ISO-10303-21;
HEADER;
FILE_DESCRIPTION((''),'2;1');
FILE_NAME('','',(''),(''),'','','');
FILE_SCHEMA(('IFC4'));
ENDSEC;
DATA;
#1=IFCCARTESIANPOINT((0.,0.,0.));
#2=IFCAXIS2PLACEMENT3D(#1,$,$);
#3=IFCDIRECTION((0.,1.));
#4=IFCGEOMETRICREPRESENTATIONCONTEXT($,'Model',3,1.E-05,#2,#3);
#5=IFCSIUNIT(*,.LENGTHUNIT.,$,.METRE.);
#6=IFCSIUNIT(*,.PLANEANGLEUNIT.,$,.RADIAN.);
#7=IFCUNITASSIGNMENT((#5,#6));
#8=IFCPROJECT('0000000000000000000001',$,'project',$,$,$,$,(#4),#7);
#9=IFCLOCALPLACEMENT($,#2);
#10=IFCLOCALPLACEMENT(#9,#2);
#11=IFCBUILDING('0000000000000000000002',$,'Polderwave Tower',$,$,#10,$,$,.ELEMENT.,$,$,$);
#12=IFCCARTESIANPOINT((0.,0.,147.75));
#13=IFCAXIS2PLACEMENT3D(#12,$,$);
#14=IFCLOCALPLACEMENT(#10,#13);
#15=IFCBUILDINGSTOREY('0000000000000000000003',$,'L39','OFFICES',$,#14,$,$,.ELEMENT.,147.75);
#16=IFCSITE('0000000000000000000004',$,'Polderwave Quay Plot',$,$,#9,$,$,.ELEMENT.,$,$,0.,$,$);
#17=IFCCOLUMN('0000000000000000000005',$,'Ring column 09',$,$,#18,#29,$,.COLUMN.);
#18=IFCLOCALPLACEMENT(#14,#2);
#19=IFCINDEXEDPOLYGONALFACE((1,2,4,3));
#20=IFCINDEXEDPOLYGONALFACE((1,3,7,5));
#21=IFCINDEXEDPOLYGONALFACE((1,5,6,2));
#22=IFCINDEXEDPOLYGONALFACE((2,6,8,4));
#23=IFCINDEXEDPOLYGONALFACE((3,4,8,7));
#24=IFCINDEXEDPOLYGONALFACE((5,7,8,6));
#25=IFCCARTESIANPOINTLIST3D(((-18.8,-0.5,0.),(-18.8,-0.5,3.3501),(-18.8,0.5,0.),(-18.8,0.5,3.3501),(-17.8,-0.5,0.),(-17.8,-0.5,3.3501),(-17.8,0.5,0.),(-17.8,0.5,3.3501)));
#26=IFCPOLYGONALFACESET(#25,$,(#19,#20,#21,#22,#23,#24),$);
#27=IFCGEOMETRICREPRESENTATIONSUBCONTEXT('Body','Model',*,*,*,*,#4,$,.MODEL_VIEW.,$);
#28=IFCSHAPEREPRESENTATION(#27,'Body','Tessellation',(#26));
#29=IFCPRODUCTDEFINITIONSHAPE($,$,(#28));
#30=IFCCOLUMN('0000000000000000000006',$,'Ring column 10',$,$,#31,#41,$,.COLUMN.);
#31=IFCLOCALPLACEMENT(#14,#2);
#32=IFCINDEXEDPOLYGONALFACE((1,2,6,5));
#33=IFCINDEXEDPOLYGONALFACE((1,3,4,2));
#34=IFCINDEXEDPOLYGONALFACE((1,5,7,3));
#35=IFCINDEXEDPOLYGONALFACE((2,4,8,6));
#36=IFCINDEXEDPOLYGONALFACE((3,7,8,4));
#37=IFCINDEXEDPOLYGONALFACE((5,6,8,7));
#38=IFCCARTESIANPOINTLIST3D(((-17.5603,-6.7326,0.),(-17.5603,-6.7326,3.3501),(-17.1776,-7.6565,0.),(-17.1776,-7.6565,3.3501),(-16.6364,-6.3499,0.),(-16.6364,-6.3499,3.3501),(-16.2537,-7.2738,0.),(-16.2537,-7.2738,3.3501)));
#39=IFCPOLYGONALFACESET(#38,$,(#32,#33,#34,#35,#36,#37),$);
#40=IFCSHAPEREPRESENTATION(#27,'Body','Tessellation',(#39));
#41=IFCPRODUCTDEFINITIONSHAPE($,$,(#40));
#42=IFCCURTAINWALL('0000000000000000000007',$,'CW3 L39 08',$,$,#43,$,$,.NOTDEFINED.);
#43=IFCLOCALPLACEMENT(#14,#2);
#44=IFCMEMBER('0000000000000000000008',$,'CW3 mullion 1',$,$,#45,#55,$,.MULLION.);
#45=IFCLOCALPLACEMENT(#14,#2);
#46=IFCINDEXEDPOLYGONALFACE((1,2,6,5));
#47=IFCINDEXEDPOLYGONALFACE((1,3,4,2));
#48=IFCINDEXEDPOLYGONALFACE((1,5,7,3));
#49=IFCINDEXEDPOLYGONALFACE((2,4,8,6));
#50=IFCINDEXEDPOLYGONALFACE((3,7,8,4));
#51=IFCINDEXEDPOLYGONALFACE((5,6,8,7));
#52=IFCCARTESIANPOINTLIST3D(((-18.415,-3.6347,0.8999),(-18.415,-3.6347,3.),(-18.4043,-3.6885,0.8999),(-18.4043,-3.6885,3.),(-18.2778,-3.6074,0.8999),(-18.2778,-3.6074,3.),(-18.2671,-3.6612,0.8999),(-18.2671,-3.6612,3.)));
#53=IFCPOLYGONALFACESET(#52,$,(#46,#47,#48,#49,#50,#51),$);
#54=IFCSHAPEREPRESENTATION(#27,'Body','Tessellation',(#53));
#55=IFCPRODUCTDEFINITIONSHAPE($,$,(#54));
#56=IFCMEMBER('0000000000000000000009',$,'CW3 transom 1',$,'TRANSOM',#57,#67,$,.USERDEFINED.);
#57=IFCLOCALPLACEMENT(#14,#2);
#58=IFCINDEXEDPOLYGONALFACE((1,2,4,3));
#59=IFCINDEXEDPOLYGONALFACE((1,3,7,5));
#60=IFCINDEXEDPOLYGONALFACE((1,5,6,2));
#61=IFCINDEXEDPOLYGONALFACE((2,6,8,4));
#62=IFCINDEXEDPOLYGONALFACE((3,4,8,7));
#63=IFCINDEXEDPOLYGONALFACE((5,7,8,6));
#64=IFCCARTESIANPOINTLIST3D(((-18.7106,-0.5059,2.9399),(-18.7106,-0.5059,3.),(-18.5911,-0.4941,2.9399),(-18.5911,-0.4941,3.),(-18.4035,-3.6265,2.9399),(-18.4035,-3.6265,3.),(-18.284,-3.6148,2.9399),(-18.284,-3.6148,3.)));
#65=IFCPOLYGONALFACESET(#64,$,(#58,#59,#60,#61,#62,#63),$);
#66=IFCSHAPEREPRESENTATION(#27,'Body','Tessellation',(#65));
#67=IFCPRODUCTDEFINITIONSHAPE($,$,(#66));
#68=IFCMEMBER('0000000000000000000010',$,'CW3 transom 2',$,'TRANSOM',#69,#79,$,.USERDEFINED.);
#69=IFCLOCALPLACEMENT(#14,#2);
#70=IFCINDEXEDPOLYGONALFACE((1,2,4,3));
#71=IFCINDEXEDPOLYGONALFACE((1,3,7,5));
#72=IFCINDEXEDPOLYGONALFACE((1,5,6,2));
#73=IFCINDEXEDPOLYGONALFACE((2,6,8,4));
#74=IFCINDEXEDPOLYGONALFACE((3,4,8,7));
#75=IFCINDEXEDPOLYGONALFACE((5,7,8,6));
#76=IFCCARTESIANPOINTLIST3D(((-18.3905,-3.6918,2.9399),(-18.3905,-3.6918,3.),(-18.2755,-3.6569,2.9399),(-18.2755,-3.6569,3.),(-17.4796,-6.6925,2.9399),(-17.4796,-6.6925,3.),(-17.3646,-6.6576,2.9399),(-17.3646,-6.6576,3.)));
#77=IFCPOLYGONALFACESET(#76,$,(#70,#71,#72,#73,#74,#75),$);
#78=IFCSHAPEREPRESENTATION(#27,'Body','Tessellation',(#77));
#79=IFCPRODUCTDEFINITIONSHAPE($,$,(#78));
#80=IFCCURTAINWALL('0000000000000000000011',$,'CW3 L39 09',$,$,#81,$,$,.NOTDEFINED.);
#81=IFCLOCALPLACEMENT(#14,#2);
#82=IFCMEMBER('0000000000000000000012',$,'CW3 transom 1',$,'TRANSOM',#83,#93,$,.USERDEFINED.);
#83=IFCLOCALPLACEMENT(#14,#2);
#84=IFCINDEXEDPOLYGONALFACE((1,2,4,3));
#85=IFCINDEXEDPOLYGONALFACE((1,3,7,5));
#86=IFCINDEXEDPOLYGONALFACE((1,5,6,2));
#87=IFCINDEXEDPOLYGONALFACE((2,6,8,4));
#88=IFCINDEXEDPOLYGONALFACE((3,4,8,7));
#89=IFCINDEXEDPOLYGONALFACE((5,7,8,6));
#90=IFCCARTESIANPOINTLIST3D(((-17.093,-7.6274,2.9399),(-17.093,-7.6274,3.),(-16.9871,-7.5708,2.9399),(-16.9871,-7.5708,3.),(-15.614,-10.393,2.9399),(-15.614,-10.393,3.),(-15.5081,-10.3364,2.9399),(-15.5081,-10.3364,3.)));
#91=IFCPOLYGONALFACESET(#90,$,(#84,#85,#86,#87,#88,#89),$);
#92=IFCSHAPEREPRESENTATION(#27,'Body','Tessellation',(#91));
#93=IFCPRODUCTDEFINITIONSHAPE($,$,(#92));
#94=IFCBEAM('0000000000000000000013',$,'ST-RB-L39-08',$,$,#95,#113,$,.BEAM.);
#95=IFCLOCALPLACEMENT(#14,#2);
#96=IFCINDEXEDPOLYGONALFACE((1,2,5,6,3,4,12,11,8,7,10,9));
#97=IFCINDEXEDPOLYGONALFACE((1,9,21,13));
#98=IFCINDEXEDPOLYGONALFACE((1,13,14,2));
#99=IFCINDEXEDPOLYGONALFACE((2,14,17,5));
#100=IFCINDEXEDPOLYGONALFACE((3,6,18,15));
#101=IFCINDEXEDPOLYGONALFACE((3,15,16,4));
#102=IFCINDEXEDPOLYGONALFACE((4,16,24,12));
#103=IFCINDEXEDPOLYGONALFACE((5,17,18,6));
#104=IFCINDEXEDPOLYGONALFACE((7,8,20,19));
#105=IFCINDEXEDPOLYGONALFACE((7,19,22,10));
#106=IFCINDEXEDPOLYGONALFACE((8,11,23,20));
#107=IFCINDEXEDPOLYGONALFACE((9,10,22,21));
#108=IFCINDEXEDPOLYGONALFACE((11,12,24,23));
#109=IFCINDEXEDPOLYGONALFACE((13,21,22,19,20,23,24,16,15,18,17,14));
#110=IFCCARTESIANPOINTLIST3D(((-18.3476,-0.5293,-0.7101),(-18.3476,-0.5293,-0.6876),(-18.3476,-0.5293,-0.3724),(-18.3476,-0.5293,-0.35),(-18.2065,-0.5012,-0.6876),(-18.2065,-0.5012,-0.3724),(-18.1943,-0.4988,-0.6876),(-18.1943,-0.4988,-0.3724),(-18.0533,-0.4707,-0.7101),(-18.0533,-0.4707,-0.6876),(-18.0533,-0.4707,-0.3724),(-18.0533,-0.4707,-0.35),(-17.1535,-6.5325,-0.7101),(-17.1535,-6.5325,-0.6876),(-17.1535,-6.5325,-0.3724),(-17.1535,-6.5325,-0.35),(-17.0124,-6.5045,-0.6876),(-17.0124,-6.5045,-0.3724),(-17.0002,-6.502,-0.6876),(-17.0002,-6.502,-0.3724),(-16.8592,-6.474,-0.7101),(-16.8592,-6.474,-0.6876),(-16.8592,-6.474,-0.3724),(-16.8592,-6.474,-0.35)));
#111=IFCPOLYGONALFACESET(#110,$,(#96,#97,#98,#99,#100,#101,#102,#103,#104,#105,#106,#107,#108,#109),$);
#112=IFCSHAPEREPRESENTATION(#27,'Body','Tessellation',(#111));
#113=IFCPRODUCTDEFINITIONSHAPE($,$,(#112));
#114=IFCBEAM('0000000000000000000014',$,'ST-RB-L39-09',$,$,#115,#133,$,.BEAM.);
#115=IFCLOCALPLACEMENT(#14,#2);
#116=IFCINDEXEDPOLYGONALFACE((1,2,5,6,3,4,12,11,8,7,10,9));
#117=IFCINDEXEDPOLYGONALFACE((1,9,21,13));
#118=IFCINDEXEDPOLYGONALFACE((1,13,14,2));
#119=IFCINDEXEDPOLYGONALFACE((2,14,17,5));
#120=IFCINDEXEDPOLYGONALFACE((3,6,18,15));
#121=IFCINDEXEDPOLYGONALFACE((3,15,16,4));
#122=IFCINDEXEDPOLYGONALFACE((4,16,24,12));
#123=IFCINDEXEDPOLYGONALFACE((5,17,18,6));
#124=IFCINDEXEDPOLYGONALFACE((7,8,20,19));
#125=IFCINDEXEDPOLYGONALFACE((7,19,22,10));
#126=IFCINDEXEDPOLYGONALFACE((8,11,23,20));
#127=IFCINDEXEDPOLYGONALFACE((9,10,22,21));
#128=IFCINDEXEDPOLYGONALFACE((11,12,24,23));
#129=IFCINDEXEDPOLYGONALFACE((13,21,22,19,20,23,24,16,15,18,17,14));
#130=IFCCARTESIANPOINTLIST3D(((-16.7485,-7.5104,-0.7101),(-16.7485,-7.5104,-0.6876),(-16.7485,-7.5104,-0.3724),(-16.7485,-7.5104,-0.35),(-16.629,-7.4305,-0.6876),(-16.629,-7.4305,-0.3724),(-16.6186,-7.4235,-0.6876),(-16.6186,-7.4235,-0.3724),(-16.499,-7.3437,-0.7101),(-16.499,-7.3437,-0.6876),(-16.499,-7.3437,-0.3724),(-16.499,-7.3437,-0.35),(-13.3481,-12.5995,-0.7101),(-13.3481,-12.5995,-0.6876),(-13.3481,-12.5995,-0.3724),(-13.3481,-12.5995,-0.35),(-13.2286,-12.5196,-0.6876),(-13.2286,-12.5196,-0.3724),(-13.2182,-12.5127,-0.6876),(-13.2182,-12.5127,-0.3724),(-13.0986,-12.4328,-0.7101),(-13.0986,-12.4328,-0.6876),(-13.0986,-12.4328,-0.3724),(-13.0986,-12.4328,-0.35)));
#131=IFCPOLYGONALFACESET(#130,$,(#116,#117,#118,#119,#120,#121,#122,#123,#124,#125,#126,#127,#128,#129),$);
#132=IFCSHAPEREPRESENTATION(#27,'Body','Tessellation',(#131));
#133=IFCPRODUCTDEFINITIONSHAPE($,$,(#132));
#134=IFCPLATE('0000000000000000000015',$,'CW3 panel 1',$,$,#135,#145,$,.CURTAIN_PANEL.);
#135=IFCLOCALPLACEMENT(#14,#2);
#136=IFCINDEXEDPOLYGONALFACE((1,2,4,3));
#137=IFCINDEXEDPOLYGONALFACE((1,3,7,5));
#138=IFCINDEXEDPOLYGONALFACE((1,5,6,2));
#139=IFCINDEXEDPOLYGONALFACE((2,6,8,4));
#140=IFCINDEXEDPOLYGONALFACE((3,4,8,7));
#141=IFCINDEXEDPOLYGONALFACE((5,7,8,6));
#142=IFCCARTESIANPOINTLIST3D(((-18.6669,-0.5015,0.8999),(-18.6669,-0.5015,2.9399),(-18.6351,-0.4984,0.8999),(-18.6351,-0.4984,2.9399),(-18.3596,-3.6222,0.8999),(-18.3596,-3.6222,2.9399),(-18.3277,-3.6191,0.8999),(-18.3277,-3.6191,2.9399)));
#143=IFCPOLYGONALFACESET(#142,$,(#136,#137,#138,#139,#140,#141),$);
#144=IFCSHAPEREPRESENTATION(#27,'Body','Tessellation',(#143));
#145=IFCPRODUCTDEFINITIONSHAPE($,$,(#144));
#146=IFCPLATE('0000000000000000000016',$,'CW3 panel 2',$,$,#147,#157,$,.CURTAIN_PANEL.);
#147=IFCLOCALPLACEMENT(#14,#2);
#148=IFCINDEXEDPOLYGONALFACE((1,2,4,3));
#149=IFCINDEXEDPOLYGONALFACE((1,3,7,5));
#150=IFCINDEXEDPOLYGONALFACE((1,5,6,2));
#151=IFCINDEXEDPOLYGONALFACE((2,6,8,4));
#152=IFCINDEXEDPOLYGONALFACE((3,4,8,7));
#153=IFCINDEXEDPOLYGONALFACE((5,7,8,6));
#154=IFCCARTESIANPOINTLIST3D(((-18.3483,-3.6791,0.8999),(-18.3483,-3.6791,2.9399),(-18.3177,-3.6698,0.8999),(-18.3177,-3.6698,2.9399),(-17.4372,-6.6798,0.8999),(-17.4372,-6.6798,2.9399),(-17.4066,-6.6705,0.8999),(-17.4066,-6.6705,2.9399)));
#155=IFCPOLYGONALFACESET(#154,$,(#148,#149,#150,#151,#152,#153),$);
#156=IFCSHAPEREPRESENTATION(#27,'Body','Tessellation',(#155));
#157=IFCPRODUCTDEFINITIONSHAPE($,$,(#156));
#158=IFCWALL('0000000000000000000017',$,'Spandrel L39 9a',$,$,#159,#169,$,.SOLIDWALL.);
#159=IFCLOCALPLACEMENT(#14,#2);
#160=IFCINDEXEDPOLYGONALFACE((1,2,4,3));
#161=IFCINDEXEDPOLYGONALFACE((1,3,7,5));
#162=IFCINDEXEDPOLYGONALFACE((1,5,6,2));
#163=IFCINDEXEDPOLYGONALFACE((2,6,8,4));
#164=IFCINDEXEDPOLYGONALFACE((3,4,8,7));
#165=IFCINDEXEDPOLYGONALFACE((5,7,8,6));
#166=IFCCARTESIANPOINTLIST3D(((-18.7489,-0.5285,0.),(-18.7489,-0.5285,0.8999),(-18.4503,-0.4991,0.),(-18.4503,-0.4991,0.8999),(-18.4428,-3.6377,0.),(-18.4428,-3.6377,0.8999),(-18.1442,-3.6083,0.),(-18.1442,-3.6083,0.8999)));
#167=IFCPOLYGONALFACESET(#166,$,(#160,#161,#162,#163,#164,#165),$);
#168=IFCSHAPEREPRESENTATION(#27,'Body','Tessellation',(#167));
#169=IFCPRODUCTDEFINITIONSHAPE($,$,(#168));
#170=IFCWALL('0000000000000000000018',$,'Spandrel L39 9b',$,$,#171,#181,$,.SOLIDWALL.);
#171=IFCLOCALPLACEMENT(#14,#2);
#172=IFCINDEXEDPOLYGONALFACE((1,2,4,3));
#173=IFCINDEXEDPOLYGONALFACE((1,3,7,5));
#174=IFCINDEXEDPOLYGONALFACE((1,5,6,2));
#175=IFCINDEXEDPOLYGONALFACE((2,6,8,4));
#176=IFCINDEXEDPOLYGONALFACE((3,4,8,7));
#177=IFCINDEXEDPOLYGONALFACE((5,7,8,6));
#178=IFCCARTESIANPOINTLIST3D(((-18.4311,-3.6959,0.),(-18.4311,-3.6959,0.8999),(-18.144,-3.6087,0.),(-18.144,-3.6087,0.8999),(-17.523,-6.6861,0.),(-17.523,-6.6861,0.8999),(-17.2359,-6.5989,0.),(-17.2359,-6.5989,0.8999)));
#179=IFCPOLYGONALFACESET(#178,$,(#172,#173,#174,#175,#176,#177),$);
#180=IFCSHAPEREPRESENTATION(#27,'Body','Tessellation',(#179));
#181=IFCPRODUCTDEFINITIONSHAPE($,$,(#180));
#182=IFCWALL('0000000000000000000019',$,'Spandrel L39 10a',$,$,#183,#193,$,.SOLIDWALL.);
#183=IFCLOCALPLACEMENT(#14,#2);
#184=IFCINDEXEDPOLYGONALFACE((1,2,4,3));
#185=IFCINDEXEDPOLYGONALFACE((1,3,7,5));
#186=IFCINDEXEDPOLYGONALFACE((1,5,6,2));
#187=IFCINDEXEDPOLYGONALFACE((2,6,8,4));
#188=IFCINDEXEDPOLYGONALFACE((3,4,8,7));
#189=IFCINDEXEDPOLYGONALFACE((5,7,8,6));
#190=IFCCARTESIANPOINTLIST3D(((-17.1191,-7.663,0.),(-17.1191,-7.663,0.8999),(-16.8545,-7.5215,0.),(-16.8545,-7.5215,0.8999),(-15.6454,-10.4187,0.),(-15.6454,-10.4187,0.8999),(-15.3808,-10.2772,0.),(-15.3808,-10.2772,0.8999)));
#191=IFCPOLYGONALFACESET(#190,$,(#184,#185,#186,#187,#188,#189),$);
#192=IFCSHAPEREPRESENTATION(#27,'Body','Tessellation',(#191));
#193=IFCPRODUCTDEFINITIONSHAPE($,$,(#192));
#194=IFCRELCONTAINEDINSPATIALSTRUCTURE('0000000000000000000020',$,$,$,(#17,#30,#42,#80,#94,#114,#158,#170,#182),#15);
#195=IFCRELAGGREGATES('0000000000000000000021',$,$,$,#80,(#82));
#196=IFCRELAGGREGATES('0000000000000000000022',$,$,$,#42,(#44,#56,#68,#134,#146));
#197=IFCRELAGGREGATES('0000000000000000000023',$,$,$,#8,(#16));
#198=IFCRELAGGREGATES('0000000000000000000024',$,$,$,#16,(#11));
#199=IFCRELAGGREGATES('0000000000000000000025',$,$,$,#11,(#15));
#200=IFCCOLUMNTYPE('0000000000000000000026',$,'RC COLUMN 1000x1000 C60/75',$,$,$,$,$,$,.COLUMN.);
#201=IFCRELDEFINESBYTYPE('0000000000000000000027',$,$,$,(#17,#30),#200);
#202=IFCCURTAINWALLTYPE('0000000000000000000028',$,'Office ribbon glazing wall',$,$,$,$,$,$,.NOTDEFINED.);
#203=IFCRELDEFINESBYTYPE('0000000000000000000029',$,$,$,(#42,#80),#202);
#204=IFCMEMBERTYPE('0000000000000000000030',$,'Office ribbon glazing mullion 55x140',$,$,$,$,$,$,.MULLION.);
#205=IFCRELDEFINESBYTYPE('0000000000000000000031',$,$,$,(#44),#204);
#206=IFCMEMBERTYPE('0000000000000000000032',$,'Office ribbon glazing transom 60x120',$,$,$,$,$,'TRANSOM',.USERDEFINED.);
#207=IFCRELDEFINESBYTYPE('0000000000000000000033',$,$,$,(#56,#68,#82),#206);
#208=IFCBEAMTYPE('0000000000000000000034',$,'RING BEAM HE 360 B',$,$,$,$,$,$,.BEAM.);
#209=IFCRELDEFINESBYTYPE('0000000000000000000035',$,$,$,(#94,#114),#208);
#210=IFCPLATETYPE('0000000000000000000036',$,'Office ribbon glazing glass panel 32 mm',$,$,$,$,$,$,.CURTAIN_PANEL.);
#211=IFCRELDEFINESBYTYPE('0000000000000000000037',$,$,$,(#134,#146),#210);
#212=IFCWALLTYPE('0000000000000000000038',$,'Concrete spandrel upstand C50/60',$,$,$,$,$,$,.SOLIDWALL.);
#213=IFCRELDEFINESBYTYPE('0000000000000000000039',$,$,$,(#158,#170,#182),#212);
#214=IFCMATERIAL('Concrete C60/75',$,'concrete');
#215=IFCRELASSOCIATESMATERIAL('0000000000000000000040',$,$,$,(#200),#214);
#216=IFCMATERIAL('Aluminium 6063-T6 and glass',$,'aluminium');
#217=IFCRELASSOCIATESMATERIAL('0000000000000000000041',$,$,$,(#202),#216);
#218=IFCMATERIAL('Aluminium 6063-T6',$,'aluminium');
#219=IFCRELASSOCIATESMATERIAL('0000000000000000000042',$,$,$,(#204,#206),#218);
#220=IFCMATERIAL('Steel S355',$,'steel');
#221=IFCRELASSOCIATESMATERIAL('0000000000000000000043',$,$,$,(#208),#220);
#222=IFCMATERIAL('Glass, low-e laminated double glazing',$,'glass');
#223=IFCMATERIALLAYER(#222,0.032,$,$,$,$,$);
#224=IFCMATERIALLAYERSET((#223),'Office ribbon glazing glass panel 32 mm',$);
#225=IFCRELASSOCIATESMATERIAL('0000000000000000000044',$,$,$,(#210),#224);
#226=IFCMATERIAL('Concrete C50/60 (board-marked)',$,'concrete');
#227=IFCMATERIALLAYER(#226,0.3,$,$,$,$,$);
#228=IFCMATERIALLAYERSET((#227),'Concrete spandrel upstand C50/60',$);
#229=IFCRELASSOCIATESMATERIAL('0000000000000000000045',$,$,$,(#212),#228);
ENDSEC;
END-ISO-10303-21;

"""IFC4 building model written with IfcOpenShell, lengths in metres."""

from ifc_helpers import new_model, si_unit, direction, frame, frame_2d, origin, origin_2d, place, context, subcontext, project, spatial, rectangle, i_section, extrude, material, layer, layer_set, material_profile, profile_set, type_object, element, aggregate, save


model = new_model("IFC4")

# Units and contexts
model_context = context("Model", 3, precision=1e-05, world=origin(), true_north=direction((0.0, 1.0)))
body_context = subcontext(model_context, "Body", "Model", "MODEL_VIEW")
ifc_project = project(units=[si_unit("LENGTHUNIT", "METRE"), si_unit("PLANEANGLEUNIT", "RADIAN")], contexts=[model_context])

# Site, building, storey
site_placement = place(None, origin())
site = spatial("IfcSite", under=ifc_project, at=site_placement, Name="Polderwave Quay Plot", CompositionType="ELEMENT", RefElevation=0.0)
building_placement = place(site_placement, origin())
building = spatial("IfcBuilding", under=site, at=building_placement, Name="Polderwave Tower", CompositionType="ELEMENT")
storey_placement = place(building_placement, frame((0.0, 0.0, 147.75)))
storey = spatial("IfcBuildingStorey", under=building, at=storey_placement, Name="L39", Description="OFFICES", CompositionType="ELEMENT", Elevation=147.75)

# Columns
ifc_material_1 = material(Name="Concrete C60/75", Category="concrete")
ifc_material_profile_1 = material_profile(ifc_material_1, rectangle(XDim=1.0, YDim=1.0, at=origin_2d()), Name="RC 1000x1000")
ifc_profile_set_1 = profile_set([ifc_material_profile_1], Name="Concrete C60/75")
column_type = type_object("IfcColumnType", Name="RC COLUMN 1000x1000 C60/75", PredefinedType="COLUMN", material=ifc_profile_set_1)
for number, where, z_axis, x_axis, name in (
    (1, (-18.3, 0.0, 0.0), (0.0, 0.0, 1.0), (-1.0, 0.0, 0.0), "Ring column 09"),
    (2, (-16.907, -7.0032, 0.0), (0.0, 0.0, 1.0), (-0.92388, -0.382683, 0.0), "Ring column 10"),
):
    element("IfcColumn", number, at=place(storey_placement, frame(where, z_axis=z_axis, x_axis=x_axis)), inside=storey, type_object=column_type, Name=name, PredefinedType="COLUMN", context=body_context, shape_type="SweptSolid", body=[
        extrude(rectangle(XDim=1.0, YDim=1.0, at=origin_2d()), origin(), (0.0, 0.0, 1.0), 3.3501),
    ])

# Curtain wall, members
ifc_material_2 = material(Name="Aluminium 6063-T6 and glass", Category="aluminium")
curtain_wall_type = type_object("IfcCurtainWallType", Name="Office ribbon glazing wall", PredefinedType="NOTDEFINED", material=ifc_material_2)
curtain_wall_1_placement = place(storey_placement, origin())
curtain_wall_1 = element("IfcCurtainWall", 3, at=curtain_wall_1_placement, inside=storey, type_object=curtain_wall_type, Name="CW3 L39 08", PredefinedType="NOTDEFINED")
ifc_material_3 = material(Name="Aluminium 6063-T6", Category="aluminium")
ifc_material_profile_2 = material_profile(ifc_material_3, rectangle(XDim=0.1399, YDim=0.0549, at=origin_2d()), Name="AL 55x140")
ifc_profile_set_2 = profile_set([ifc_material_profile_2], Name="Aluminium 6063-T6")
member_type_1 = type_object("IfcMemberType", Name="Office ribbon glazing mullion 55x140", PredefinedType="MULLION", material=ifc_profile_set_2)
member_1_placement = place(storey_placement, frame((-18.3411, -3.6479, 0.8999), z_axis=(0.0, 0.0, 1.0), x_axis=(0.980764, 0.195196, 0.0)))
member_1 = element("IfcMember", 4, at=member_1_placement, type_object=member_type_1, Name="CW3 mullion 1", PredefinedType="MULLION", context=body_context, shape_type="SweptSolid", body=[
    extrude(rectangle(XDim=0.1399, YDim=0.0549, at=origin_2d()), origin(), (0.0, 0.0, 1.0), 2.1001),
])
ifc_material_profile_3 = material_profile(ifc_material_3, rectangle(XDim=0.1201, YDim=0.0601, at=origin_2d()), Name="AL 60x120")
ifc_profile_set_3 = profile_set([ifc_material_profile_3], Name="Aluminium 6063-T6")
member_type_2 = type_object("IfcMemberType", Name="Office ribbon glazing transom 60x120", ElementType="TRANSOM", PredefinedType="USERDEFINED", material=ifc_profile_set_3)
member_2_placement = place(storey_placement, frame((-18.6509, -0.5, 2.97), z_axis=(0.097946, -0.995192, 0.0), x_axis=(0.995192, 0.097946, 0.0)))
member_2 = element("IfcMember", 5, at=member_2_placement, type_object=member_type_2, Name="CW3 transom 1", ObjectType="TRANSOM", PredefinedType="USERDEFINED", context=body_context, shape_type="SweptSolid", body=[
    extrude(rectangle(XDim=0.1201, YDim=0.0601, at=origin_2d()), origin(), (0.0, 0.0, 1.0), 3.1357),
])
member_3_placement = place(storey_placement, frame((-18.333, -3.6743, 2.97), z_axis=(0.290468, -0.956885, 0.0), x_axis=(0.956885, 0.290468, 0.0)))
member_3 = element("IfcMember", 6, at=member_3_placement, type_object=member_type_2, Name="CW3 transom 2", ObjectType="TRANSOM", PredefinedType="USERDEFINED", context=body_context, shape_type="SweptSolid", body=[
    extrude(rectangle(XDim=0.1201, YDim=0.0601, at=origin_2d()), origin(), (0.0, 0.0, 1.0), 3.136),
])

# Curtain wall, member
curtain_wall_2_placement = place(storey_placement, origin())
curtain_wall_2 = element("IfcCurtainWall", 7, at=curtain_wall_2_placement, inside=storey, type_object=curtain_wall_type, Name="CW3 L39 09", PredefinedType="NOTDEFINED")
member_4_placement = place(storey_placement, frame((-17.04, -7.5991, 2.97), z_axis=(0.471582, -0.881822, 0.0), x_axis=(0.881822, 0.471582, 0.0)))
member_4 = element("IfcMember", 8, at=member_4_placement, type_object=member_type_2, Name="CW3 transom 1", ObjectType="TRANSOM", PredefinedType="USERDEFINED", context=body_context, shape_type="SweptSolid", body=[
    extrude(rectangle(XDim=0.1201, YDim=0.0601, at=origin_2d()), origin(), (0.0, 0.0, 1.0), 3.1362),
])
aggregate(curtain_wall_2, [member_4])

# Beams
ifc_material_4 = material(Name="Steel S355", Category="steel")
ifc_material_profile_4 = material_profile(ifc_material_4, i_section(OverallWidth=0.3, OverallDepth=0.3601, WebThickness=0.0125, FlangeThickness=0.0225, at=origin_2d()), Name="HE 360 B")
ifc_profile_set_4 = profile_set([ifc_material_profile_4], Name="Steel S355")
beam_type = type_object("IfcBeamType", Name="RING BEAM HE 360 B", PredefinedType="BEAM", material=ifc_profile_set_4)
beam_1_placement = place(storey_placement, frame((-18.2004, -0.5, -0.53), z_axis=(0.195088, -0.980786, 0.0), x_axis=(0.980786, 0.195088, 0.0)))
element("IfcBeam", 9, at=beam_1_placement, inside=storey, type_object=beam_type, Name="ST-RB-L39-08", PredefinedType="BEAM", context=body_context, shape_type="SweptSolid", body=[
    extrude(i_section(OverallWidth=0.3, OverallDepth=0.3601, WebThickness=0.0125, FlangeThickness=0.0225, at=origin_2d()), origin(), (0.0, 0.0, 1.0), 6.1208),
])
beam_2_placement = place(storey_placement, frame((-16.6238, -7.427, -0.53), z_axis=(0.555565, -0.831473, 0.0), x_axis=(0.831473, 0.555565, 0.0)))
element("IfcBeam", 10, at=beam_2_placement, inside=storey, type_object=beam_type, Name="ST-RB-L39-09", PredefinedType="BEAM", context=body_context, shape_type="SweptSolid", body=[
    extrude(i_section(OverallWidth=0.3, OverallDepth=0.3601, WebThickness=0.0125, FlangeThickness=0.0225, at=origin_2d()), origin(), (0.0, 0.0, 1.0), 6.1206),
])

# Plates
ifc_material_5 = material(Name="Glass, low-e laminated double glazing", Category="glass")
ifc_layer_1 = layer(ifc_material_5, 0.032)
ifc_layer_set_1 = layer_set([ifc_layer_1], Name="Office ribbon glazing glass panel 32 mm")
plate_type = type_object("IfcPlateType", Name="Office ribbon glazing glass panel 32 mm", PredefinedType="CURTAIN_PANEL", material=ifc_layer_set_1)
plate_1_placement = place(storey_placement, frame((-18.4973, -2.0603, 0.8999), z_axis=(0.0, 0.0, 1.0), x_axis=(0.098002, -0.995186, 0.0)))
plate_1 = element("IfcPlate", 11, at=plate_1_placement, type_object=plate_type, Name="CW3 panel 1", PredefinedType="CURTAIN_PANEL", context=body_context, shape_type="SweptSolid", body=[
    extrude(rectangle(XDim=3.1357, YDim=0.032, at=origin_2d()), origin(), (0.0, 0.0, 1.0), 2.04),
])
plate_2_placement = place(storey_placement, frame((-17.8774, -5.1748, 0.8999), z_axis=(0.0, 0.0, 1.0), x_axis=(0.290507, -0.956873, 0.0)))
plate_2 = element("IfcPlate", 12, at=plate_2_placement, type_object=plate_type, Name="CW3 panel 2", PredefinedType="CURTAIN_PANEL", context=body_context, shape_type="SweptSolid", body=[
    extrude(rectangle(XDim=3.136, YDim=0.032, at=origin_2d()), origin(), (0.0, 0.0, 1.0), 2.04),
])
aggregate(curtain_wall_1, [member_1, member_2, member_3, plate_1, plate_2])

# Walls
ifc_material_6 = material(Name="Concrete C50/60 (board-marked)", Category="concrete")
ifc_layer_2 = layer(ifc_material_6, 0.3)
ifc_layer_set_2 = layer_set([ifc_layer_2], Name="Concrete spandrel upstand C50/60")
wall_type_1 = type_object("IfcWallType", Name="Concrete spandrel upstand C50/60", PredefinedType="SOLIDWALL", material=ifc_layer_set_2)
wall_1_placement = place(storey_placement, frame((-18.5996, -0.5139, 0.0), z_axis=(0.0, 0.0, 1.0), x_axis=(0.097995, -0.995187, 0.0)))
element("IfcWall", 13, at=wall_1_placement, inside=storey, type_object=wall_type_1, Name="Spandrel L39 9a", PredefinedType="SOLIDWALL", context=body_context, shape_type="SweptSolid", body=[
    extrude(rectangle(XDim=3.1243, YDim=0.3, at=frame_2d((1.562, 0.0))), origin(), (0.0, 0.0, 1.0), 0.8999),
])
for number, where, z_axis, x_axis, name in (
    (14, (-18.2876, -3.6523, 0.0), (0.0, 0.0, 1.0), (0.290614, -0.95684, 0.0), "Spandrel L39 9b"),
    (15, (-16.9868, -7.5923, 0.0), (0.0, 0.0, 1.0), (0.471577, -0.881825, 0.0), "Spandrel L39 10a"),
):
    element("IfcWall", number, at=place(storey_placement, frame(where, z_axis=z_axis, x_axis=x_axis)), inside=storey, type_object=wall_type_1, Name=name, PredefinedType="SOLIDWALL", context=body_context, shape_type="SweptSolid", body=[
        extrude(rectangle(XDim=3.125, YDim=0.3, at=frame_2d((1.5625, 0.0))), origin(), (0.0, 0.0, 1.0), 0.8999),
    ])

save(model, "model.ifc")
